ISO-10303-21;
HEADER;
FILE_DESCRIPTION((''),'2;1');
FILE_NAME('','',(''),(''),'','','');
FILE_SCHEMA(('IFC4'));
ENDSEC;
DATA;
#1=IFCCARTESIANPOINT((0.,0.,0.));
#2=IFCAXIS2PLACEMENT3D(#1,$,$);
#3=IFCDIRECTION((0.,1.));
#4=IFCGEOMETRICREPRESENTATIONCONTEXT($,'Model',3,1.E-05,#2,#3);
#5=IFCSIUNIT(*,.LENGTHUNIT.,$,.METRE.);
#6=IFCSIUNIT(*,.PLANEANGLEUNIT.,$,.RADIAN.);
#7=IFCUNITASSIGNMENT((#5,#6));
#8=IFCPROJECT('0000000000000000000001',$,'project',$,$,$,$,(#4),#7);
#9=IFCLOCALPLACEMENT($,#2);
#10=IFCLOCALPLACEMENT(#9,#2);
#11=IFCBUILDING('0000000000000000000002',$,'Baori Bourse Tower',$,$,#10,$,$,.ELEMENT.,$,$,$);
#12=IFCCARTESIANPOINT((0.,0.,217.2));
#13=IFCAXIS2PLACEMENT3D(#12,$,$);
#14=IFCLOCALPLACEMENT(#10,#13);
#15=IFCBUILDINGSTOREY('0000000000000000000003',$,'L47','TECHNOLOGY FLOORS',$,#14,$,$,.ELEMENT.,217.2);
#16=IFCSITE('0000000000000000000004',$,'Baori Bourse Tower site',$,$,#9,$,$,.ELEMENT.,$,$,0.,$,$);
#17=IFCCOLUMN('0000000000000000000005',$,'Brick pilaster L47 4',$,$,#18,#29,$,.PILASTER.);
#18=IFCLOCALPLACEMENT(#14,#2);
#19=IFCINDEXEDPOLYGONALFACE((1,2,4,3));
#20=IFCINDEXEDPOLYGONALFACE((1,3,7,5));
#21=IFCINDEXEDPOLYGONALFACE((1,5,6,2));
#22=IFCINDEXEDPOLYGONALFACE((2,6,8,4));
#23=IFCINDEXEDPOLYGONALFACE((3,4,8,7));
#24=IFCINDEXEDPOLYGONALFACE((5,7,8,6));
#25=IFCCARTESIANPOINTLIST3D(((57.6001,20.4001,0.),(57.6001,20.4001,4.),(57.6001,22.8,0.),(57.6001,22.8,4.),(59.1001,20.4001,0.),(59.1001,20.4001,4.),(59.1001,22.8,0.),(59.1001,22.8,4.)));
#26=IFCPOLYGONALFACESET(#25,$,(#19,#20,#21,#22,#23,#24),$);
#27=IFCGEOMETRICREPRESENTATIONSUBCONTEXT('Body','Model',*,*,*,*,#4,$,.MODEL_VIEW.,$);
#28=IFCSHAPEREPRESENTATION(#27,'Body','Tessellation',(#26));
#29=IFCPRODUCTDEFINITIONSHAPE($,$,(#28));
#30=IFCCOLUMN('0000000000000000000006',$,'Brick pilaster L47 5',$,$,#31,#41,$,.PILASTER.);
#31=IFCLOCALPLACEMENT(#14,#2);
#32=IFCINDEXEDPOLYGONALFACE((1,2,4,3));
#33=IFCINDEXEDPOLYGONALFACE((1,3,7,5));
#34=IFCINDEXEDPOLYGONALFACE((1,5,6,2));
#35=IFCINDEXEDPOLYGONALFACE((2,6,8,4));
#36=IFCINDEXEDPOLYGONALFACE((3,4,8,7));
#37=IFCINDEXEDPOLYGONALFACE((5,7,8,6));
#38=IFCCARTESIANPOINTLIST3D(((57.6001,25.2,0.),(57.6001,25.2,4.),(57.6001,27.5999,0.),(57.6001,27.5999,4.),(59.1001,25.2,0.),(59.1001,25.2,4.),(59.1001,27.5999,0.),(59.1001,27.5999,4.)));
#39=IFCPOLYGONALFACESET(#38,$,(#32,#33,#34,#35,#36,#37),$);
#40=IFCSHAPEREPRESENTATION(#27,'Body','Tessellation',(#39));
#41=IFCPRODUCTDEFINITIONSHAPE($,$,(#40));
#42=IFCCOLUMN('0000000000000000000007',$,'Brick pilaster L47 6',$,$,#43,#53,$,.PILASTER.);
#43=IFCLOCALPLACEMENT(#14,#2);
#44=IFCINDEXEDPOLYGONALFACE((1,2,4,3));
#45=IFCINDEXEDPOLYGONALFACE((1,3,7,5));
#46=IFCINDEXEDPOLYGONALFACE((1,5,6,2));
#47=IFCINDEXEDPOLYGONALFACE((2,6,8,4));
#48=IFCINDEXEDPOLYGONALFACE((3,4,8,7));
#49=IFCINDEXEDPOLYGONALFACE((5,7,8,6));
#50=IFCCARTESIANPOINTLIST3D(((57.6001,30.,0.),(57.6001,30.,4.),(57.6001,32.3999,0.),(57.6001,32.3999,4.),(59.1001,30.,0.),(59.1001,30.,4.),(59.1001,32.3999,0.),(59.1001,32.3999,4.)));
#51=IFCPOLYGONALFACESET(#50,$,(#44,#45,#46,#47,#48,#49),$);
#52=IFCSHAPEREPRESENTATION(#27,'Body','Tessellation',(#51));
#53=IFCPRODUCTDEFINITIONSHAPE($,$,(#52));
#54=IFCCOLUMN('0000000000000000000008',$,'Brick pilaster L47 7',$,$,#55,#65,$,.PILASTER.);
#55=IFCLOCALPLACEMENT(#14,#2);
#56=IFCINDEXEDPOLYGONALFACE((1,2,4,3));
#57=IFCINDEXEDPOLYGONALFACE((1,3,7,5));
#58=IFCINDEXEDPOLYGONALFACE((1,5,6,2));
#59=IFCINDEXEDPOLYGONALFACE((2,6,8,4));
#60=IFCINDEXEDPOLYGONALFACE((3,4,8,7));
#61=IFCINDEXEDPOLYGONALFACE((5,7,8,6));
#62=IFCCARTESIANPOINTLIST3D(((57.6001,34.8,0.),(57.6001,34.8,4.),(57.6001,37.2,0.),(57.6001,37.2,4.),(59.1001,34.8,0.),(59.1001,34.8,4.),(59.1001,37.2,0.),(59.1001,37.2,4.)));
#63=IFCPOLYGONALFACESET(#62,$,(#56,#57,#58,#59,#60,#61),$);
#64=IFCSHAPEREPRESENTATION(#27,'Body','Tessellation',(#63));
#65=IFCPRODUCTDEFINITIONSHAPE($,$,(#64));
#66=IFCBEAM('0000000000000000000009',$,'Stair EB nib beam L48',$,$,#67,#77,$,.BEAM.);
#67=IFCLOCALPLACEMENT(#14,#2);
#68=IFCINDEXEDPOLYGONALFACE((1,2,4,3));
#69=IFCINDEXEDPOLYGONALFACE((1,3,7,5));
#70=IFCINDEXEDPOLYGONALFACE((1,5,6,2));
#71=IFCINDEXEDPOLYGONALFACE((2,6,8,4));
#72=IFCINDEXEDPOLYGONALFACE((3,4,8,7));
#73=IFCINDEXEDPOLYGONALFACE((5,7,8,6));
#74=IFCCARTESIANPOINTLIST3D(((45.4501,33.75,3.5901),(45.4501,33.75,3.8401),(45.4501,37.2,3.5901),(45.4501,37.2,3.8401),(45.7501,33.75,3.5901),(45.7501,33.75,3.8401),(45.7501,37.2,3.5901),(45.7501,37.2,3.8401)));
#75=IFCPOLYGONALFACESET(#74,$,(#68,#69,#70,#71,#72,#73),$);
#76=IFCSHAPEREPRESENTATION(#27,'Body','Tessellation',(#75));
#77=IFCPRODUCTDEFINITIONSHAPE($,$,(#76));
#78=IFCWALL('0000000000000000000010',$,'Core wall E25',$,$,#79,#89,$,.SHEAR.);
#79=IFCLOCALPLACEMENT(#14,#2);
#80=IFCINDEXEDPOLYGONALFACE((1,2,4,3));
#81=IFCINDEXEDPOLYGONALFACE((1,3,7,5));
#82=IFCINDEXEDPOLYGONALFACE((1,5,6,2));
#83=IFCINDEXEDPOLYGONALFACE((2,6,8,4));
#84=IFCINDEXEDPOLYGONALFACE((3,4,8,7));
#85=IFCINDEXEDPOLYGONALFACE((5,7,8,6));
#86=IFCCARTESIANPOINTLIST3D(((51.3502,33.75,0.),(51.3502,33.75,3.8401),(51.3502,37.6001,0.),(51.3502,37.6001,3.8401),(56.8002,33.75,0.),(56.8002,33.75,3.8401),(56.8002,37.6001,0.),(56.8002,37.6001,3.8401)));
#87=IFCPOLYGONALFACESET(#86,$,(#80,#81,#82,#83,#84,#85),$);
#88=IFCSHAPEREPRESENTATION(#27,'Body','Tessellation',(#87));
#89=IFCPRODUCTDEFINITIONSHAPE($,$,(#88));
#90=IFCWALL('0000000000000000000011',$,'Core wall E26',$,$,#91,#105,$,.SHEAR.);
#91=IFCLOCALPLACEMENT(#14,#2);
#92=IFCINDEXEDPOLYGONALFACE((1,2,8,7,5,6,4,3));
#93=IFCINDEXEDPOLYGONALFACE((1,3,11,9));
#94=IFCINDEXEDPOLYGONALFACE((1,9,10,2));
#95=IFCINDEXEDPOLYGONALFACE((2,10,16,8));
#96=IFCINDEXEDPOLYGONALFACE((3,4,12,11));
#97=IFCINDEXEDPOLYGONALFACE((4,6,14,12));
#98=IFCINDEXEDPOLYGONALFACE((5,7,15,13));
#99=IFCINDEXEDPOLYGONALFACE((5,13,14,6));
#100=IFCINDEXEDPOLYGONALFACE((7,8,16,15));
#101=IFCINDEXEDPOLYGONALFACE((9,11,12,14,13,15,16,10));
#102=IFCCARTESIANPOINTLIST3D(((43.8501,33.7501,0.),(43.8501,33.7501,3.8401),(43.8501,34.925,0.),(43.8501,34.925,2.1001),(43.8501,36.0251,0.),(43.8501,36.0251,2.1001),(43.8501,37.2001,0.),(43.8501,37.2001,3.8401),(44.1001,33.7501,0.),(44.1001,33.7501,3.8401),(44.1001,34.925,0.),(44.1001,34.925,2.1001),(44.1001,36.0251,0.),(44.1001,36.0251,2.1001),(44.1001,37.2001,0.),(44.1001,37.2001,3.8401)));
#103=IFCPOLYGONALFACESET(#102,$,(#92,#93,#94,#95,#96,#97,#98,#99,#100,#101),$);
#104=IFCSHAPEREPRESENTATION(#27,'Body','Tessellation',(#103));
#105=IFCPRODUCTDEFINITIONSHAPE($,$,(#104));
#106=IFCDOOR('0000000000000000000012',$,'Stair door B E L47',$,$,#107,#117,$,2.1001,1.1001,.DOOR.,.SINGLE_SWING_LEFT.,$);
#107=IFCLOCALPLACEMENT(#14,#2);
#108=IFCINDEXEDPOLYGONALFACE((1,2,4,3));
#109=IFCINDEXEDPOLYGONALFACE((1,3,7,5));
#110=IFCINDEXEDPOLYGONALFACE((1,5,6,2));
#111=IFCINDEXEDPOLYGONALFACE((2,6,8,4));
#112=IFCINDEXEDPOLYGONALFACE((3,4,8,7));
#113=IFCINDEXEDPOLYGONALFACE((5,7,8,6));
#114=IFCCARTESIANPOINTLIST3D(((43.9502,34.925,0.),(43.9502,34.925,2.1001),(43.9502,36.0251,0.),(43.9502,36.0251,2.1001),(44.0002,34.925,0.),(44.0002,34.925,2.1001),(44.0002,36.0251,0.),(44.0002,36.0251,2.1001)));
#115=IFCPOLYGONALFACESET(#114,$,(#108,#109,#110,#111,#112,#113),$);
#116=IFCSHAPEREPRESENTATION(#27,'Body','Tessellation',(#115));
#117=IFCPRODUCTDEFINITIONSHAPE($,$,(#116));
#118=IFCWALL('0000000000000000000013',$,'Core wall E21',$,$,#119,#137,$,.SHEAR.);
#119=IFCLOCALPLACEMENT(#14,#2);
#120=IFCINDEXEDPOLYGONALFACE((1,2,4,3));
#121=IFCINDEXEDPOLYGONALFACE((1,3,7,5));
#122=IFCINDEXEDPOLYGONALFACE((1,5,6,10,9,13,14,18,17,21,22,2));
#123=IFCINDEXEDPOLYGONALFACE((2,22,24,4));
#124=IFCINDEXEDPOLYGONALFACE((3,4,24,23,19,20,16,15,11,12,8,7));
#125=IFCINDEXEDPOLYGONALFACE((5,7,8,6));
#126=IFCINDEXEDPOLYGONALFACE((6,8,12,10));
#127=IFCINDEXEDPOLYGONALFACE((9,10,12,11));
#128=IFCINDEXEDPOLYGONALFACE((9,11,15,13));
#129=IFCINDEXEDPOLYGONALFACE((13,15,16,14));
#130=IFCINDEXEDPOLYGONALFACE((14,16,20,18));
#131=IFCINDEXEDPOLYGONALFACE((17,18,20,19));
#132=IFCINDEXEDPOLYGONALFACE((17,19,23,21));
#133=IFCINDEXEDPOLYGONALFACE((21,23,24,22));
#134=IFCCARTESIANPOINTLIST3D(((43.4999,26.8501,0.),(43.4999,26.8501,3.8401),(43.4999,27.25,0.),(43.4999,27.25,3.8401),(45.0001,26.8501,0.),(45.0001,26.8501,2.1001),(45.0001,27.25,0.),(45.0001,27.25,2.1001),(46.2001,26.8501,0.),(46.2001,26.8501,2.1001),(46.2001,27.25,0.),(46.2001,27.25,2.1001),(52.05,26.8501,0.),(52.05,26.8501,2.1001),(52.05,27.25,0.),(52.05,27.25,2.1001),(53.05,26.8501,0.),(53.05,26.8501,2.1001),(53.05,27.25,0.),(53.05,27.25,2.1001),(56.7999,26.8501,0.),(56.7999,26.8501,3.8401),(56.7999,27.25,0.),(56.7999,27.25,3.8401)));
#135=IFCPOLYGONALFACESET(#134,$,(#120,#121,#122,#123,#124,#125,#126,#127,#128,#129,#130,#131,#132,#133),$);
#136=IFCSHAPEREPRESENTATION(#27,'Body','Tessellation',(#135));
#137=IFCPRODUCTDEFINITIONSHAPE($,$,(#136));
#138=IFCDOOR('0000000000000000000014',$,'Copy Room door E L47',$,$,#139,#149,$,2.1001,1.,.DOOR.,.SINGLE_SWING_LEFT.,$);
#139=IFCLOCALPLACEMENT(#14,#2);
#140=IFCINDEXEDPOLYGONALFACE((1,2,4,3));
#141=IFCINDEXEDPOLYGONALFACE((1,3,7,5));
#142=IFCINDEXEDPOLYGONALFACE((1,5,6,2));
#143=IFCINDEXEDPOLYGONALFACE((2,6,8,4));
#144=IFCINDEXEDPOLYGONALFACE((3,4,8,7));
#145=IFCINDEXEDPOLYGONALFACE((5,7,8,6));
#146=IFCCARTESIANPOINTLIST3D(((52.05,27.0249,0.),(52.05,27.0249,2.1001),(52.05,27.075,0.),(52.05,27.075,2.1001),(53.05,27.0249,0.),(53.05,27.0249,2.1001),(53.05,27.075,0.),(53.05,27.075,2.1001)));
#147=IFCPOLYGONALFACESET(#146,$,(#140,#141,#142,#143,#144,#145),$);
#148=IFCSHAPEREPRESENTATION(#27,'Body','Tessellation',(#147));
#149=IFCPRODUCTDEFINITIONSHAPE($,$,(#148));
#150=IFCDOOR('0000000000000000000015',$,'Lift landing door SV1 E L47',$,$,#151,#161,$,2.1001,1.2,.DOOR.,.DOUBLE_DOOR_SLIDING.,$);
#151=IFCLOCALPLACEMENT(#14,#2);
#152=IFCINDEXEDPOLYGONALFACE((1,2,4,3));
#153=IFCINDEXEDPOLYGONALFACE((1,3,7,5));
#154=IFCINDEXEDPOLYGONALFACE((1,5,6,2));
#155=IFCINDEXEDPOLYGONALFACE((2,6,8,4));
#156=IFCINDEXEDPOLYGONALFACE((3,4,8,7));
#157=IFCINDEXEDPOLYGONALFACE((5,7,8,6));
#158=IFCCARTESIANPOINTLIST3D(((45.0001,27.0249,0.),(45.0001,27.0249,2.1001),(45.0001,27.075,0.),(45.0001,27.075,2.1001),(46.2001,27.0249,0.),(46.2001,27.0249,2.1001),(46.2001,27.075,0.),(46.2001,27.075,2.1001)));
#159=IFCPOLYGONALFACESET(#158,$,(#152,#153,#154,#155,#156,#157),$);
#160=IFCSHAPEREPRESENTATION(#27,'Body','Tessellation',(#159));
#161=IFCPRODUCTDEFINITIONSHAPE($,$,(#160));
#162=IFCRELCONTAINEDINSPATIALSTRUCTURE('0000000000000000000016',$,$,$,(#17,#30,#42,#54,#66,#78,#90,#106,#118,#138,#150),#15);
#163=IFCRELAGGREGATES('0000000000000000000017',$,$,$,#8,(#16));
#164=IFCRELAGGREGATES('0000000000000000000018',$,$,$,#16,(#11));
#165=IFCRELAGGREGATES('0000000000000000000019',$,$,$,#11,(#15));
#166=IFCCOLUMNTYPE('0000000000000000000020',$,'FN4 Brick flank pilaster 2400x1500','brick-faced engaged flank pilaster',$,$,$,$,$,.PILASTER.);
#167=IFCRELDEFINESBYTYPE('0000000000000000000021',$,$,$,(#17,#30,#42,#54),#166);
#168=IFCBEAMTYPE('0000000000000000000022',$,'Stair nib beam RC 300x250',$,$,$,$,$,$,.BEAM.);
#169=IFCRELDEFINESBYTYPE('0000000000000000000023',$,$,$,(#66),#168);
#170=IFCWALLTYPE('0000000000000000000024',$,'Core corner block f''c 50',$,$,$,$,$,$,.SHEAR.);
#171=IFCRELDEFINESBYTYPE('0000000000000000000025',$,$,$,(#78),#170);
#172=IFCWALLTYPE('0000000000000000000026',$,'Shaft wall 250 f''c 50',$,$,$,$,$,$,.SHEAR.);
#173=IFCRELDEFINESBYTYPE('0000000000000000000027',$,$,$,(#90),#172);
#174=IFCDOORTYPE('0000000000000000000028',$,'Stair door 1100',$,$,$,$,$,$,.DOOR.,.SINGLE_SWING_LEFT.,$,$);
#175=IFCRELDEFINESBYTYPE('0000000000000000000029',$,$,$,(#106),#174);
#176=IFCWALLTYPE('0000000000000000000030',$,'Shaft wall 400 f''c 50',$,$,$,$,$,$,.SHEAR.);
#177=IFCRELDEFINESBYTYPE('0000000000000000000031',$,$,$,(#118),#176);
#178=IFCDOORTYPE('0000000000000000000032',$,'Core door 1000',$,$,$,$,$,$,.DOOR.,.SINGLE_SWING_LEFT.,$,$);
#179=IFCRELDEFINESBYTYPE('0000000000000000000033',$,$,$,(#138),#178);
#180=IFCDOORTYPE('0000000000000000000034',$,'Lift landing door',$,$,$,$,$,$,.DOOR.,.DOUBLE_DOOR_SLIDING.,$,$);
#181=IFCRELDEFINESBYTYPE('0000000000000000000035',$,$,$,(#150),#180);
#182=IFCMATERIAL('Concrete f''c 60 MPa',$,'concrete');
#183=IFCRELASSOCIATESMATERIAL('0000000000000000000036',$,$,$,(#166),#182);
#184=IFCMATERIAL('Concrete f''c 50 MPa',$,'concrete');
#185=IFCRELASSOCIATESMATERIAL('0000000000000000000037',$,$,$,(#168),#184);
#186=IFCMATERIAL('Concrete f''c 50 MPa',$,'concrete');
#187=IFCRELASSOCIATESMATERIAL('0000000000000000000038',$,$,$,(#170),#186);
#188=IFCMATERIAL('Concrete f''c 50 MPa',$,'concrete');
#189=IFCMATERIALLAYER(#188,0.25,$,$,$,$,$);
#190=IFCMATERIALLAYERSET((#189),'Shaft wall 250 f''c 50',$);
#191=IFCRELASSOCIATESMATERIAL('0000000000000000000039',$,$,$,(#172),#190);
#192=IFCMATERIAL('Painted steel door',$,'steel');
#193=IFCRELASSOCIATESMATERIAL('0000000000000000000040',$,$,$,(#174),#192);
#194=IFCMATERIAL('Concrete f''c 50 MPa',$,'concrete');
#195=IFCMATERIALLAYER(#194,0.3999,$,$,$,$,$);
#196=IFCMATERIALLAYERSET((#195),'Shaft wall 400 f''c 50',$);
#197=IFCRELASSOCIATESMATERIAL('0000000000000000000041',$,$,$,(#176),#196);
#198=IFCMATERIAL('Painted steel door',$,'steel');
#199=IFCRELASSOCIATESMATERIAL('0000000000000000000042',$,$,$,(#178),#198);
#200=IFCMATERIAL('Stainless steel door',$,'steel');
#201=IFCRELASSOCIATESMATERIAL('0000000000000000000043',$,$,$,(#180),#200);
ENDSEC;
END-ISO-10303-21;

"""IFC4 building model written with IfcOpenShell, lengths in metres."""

from ifc_helpers import new_model, si_unit, direction, frame, frame_2d, origin, origin_2d, place, context, subcontext, project, spatial, rectangle, extrude, material, layer, layer_set, material_profile, profile_set, type_object, element, fill, save


model = new_model("IFC4")

# Units and contexts
model_context = context("Model", 3, precision=1e-05, world=origin(), true_north=direction((0.0, 1.0)))
body_context = subcontext(model_context, "Body", "Model", "MODEL_VIEW")
ifc_project = project(units=[si_unit("LENGTHUNIT", "METRE"), si_unit("PLANEANGLEUNIT", "RADIAN")], contexts=[model_context])

# Site, building, storey
site_placement = place(None, origin())
site = spatial("IfcSite", under=ifc_project, at=site_placement, Name="Baori Bourse Tower site", CompositionType="ELEMENT", RefElevation=0.0)
building_placement = place(site_placement, origin())
building = spatial("IfcBuilding", under=site, at=building_placement, Name="Baori Bourse Tower", CompositionType="ELEMENT")
storey_placement = place(building_placement, frame((0.0, 0.0, 217.2)))
storey = spatial("IfcBuildingStorey", under=building, at=storey_placement, Name="L47", Description="TECHNOLOGY FLOORS", CompositionType="ELEMENT", Elevation=217.2)

# Columns
ifc_material_1 = material(Name="Concrete f'c 60 MPa", Category="concrete")
ifc_material_profile_1 = material_profile(ifc_material_1, rectangle(XDim=2.3999, YDim=1.5, at=origin_2d()), Name="RC 2400x1500")
ifc_profile_set_1 = profile_set([ifc_material_profile_1], Name="Concrete f'c 60 MPa")
column_type = type_object("IfcColumnType", Name="FN4 Brick flank pilaster 2400x1500", Description="brick-faced engaged flank pilaster", PredefinedType="PILASTER", material=ifc_profile_set_1)
for number, where, z_axis, x_axis, name in (
    (1, (58.3501, 21.6001, 0.0), (0.0, 0.0, 1.0), (0.0, 1.0, 0.0), "Brick pilaster L47 4"),
    (2, (58.3501, 26.3999, 0.0), (0.0, 0.0, 1.0), (0.0, 1.0, 0.0), "Brick pilaster L47 5"),
    (3, (58.3501, 31.2, 0.0), (0.0, 0.0, 1.0), (0.0, 1.0, 0.0), "Brick pilaster L47 6"),
    (4, (58.3501, 36.0, 0.0), (0.0, 0.0, 1.0), (0.0, 1.0, 0.0), "Brick pilaster L47 7"),
):
    element("IfcColumn", number, at=place(storey_placement, frame(where, z_axis=z_axis, x_axis=x_axis)), inside=storey, type_object=column_type, Name=name, PredefinedType="PILASTER", context=body_context, shape_type="SweptSolid", body=[
        extrude(rectangle(XDim=2.3999, YDim=1.5, at=origin_2d()), origin(), (0.0, 0.0, 1.0), 4.0),
    ])

# Beam
ifc_material_2 = material(Name="Concrete f'c 50 MPa", Category="concrete")
ifc_material_profile_2 = material_profile(ifc_material_2, rectangle(XDim=0.3, YDim=0.25, at=origin_2d()), Name="RC 300x250")
ifc_profile_set_2 = profile_set([ifc_material_profile_2], Name="Concrete f'c 50 MPa")
beam_type = type_object("IfcBeamType", Name="Stair nib beam RC 300x250", PredefinedType="BEAM", material=ifc_profile_set_2)
beam_placement = place(storey_placement, frame((45.6001, 33.75, 3.7151), z_axis=(0.0, 1.0, 0.0), x_axis=(-1.0, 0.0, 0.0)))
element("IfcBeam", 5, at=beam_placement, inside=storey, type_object=beam_type, Name="Stair EB nib beam L48", PredefinedType="BEAM", context=body_context, shape_type="SweptSolid", body=[
    extrude(rectangle(XDim=0.3, YDim=0.25, at=origin_2d()), origin(), (0.0, 0.0, 1.0), 3.45),
])

# Wall
ifc_material_3 = material(Name="Concrete f'c 50 MPa", Category="concrete")
wall_type_1 = type_object("IfcWallType", Name="Core corner block f'c 50", PredefinedType="SHEAR", material=ifc_material_3)
wall_1_placement = place(storey_placement, frame((51.3501, 35.675, 0.0), z_axis=(0.0, 0.0, 1.0), x_axis=(1.0, 0.0, 0.0)))
element("IfcWall", 6, at=wall_1_placement, inside=storey, type_object=wall_type_1, Name="Core wall E25", PredefinedType="SHEAR", context=body_context, shape_type="SweptSolid", body=[
    extrude(rectangle(XDim=5.45, YDim=3.8501, at=frame_2d((2.7251, 0.0))), origin(), (0.0, 0.0, 1.0), 3.8401),
])

# Wall, opening, door
ifc_material_4 = material(Name="Concrete f'c 50 MPa", Category="concrete")
ifc_layer_1 = layer(ifc_material_4, 0.25)
ifc_layer_set_1 = layer_set([ifc_layer_1], Name="Shaft wall 250 f'c 50")
wall_type_2 = type_object("IfcWallType", Name="Shaft wall 250 f'c 50", PredefinedType="SHEAR", material=ifc_layer_set_1)
wall_2_placement = place(storey_placement, frame((43.9751, 33.75, 0.0), z_axis=(0.0, 0.0, 1.0), x_axis=(0.0, 1.0, 0.0)))
wall_2 = element("IfcWall", 7, at=wall_2_placement, inside=storey, type_object=wall_type_2, Name="Core wall E26", PredefinedType="SHEAR", context=body_context, shape_type="SweptSolid", body=[
    extrude(rectangle(XDim=3.45, YDim=0.25, at=frame_2d((1.7251, 0.0))), origin(), (0.0, 0.0, 1.0), 3.8401),
])
opening_1_placement = place(wall_2_placement, frame((1.175, 0.0, 0.0)))
opening_1 = element("IfcOpeningElement", 8, at=opening_1_placement, cuts=wall_2, PredefinedType="OPENING", context=body_context, shape_type="SweptSolid", body=[
    extrude(rectangle(XDim=1.1001, YDim=2.1001, at=frame_2d((0.55, 1.05))), frame((0.0, 0.135, 0.0), z_axis=(0.0, -1.0, 0.0), x_axis=(1.0, 0.0, 0.0)), (0.0, 0.0, 1.0), 0.27),
])
ifc_material_5 = material(Name="Painted steel door", Category="steel")
door_type_1 = type_object("IfcDoorType", Name="Stair door 1100", OperationType="SINGLE_SWING_LEFT", PredefinedType="DOOR", material=ifc_material_5)
door_1_placement = place(opening_1_placement, origin())
door_1 = element("IfcDoor", 9, at=door_1_placement, inside=storey, type_object=door_type_1, Name="Stair door B E L47", OperationType="SINGLE_SWING_LEFT", OverallHeight=2.1001, OverallWidth=1.1001, PredefinedType="DOOR", context=body_context, shape_type="SweptSolid", body=[
    extrude(rectangle(XDim=1.1001, YDim=2.1001, at=frame_2d((0.55, 1.05))), frame((0.0, 0.0249, 0.0), z_axis=(0.0, -1.0, 0.0), x_axis=(1.0, 0.0, 0.0)), (0.0, 0.0, 1.0), 0.05),
])
fill(opening_1, door_1)

# Wall, openings, doors
ifc_material_6 = material(Name="Concrete f'c 50 MPa", Category="concrete")
ifc_layer_2 = layer(ifc_material_6, 0.3999)
ifc_layer_set_2 = layer_set([ifc_layer_2], Name="Shaft wall 400 f'c 50")
wall_type_3 = type_object("IfcWallType", Name="Shaft wall 400 f'c 50", PredefinedType="SHEAR", material=ifc_layer_set_2)
wall_3_placement = place(storey_placement, frame((43.5, 27.05, 0.0), z_axis=(0.0, 0.0, 1.0), x_axis=(1.0, 0.0, 0.0)))
wall_3 = element("IfcWall", 10, at=wall_3_placement, inside=storey, type_object=wall_type_3, Name="Core wall E21", PredefinedType="SHEAR", context=body_context, shape_type="SweptSolid", body=[
    extrude(rectangle(XDim=13.3, YDim=0.3999, at=frame_2d((6.6499, 0.0))), origin(), (0.0, 0.0, 1.0), 3.8401),
])
opening_2_placement = place(wall_3_placement, frame((8.55, 0.0, 0.0)))
opening_2 = element("IfcOpeningElement", 11, at=opening_2_placement, cuts=wall_3, PredefinedType="OPENING", context=body_context, shape_type="SweptSolid", body=[
    extrude(rectangle(XDim=1.0, YDim=2.1001, at=frame_2d((0.5, 1.05))), frame((0.0, 0.21, 0.0), z_axis=(0.0, -1.0, 0.0), x_axis=(1.0, 0.0, 0.0)), (0.0, 0.0, 1.0), 0.4199),
])
opening_3_placement = place(wall_3_placement, frame((1.5, 0.0, 0.0)))
opening_3 = element("IfcOpeningElement", 12, at=opening_3_placement, cuts=wall_3, PredefinedType="OPENING", context=body_context, shape_type="SweptSolid", body=[
    extrude(rectangle(XDim=1.2, YDim=2.1001, at=frame_2d((0.6001, 1.05))), frame((0.0, 0.21, 0.0), z_axis=(0.0, -1.0, 0.0), x_axis=(1.0, 0.0, 0.0)), (0.0, 0.0, 1.0), 0.4199),
])
ifc_material_7 = material(Name="Painted steel door", Category="steel")
door_type_2 = type_object("IfcDoorType", Name="Core door 1000", OperationType="SINGLE_SWING_LEFT", PredefinedType="DOOR", material=ifc_material_7)
door_2_placement = place(opening_2_placement, origin())
door_2 = element("IfcDoor", 13, at=door_2_placement, inside=storey, type_object=door_type_2, Name="Copy Room door E L47", OperationType="SINGLE_SWING_LEFT", OverallHeight=2.1001, OverallWidth=1.0, PredefinedType="DOOR", context=body_context, shape_type="SweptSolid", body=[
    extrude(rectangle(XDim=1.0, YDim=2.1001, at=frame_2d((0.5, 1.05))), frame((0.0, 0.0249, 0.0), z_axis=(0.0, -1.0, 0.0), x_axis=(1.0, 0.0, 0.0)), (0.0, 0.0, 1.0), 0.05),
])
fill(opening_2, door_2)
ifc_material_8 = material(Name="Stainless steel door", Category="steel")
door_type_3 = type_object("IfcDoorType", Name="Lift landing door", OperationType="DOUBLE_DOOR_SLIDING", PredefinedType="DOOR", material=ifc_material_8)
door_3_placement = place(opening_3_placement, origin())
door_3 = element("IfcDoor", 14, at=door_3_placement, inside=storey, type_object=door_type_3, Name="Lift landing door SV1 E L47", OperationType="DOUBLE_DOOR_SLIDING", OverallHeight=2.1001, OverallWidth=1.2, PredefinedType="DOOR", context=body_context, shape_type="SweptSolid", body=[
    extrude(rectangle(XDim=1.2, YDim=2.1001, at=frame_2d((0.6001, 1.05))), frame((0.0, 0.0249, 0.0), z_axis=(0.0, -1.0, 0.0), x_axis=(1.0, 0.0, 0.0)), (0.0, 0.0, 1.0), 0.05),
])
fill(opening_3, door_3)

save(model, "model.ifc")
